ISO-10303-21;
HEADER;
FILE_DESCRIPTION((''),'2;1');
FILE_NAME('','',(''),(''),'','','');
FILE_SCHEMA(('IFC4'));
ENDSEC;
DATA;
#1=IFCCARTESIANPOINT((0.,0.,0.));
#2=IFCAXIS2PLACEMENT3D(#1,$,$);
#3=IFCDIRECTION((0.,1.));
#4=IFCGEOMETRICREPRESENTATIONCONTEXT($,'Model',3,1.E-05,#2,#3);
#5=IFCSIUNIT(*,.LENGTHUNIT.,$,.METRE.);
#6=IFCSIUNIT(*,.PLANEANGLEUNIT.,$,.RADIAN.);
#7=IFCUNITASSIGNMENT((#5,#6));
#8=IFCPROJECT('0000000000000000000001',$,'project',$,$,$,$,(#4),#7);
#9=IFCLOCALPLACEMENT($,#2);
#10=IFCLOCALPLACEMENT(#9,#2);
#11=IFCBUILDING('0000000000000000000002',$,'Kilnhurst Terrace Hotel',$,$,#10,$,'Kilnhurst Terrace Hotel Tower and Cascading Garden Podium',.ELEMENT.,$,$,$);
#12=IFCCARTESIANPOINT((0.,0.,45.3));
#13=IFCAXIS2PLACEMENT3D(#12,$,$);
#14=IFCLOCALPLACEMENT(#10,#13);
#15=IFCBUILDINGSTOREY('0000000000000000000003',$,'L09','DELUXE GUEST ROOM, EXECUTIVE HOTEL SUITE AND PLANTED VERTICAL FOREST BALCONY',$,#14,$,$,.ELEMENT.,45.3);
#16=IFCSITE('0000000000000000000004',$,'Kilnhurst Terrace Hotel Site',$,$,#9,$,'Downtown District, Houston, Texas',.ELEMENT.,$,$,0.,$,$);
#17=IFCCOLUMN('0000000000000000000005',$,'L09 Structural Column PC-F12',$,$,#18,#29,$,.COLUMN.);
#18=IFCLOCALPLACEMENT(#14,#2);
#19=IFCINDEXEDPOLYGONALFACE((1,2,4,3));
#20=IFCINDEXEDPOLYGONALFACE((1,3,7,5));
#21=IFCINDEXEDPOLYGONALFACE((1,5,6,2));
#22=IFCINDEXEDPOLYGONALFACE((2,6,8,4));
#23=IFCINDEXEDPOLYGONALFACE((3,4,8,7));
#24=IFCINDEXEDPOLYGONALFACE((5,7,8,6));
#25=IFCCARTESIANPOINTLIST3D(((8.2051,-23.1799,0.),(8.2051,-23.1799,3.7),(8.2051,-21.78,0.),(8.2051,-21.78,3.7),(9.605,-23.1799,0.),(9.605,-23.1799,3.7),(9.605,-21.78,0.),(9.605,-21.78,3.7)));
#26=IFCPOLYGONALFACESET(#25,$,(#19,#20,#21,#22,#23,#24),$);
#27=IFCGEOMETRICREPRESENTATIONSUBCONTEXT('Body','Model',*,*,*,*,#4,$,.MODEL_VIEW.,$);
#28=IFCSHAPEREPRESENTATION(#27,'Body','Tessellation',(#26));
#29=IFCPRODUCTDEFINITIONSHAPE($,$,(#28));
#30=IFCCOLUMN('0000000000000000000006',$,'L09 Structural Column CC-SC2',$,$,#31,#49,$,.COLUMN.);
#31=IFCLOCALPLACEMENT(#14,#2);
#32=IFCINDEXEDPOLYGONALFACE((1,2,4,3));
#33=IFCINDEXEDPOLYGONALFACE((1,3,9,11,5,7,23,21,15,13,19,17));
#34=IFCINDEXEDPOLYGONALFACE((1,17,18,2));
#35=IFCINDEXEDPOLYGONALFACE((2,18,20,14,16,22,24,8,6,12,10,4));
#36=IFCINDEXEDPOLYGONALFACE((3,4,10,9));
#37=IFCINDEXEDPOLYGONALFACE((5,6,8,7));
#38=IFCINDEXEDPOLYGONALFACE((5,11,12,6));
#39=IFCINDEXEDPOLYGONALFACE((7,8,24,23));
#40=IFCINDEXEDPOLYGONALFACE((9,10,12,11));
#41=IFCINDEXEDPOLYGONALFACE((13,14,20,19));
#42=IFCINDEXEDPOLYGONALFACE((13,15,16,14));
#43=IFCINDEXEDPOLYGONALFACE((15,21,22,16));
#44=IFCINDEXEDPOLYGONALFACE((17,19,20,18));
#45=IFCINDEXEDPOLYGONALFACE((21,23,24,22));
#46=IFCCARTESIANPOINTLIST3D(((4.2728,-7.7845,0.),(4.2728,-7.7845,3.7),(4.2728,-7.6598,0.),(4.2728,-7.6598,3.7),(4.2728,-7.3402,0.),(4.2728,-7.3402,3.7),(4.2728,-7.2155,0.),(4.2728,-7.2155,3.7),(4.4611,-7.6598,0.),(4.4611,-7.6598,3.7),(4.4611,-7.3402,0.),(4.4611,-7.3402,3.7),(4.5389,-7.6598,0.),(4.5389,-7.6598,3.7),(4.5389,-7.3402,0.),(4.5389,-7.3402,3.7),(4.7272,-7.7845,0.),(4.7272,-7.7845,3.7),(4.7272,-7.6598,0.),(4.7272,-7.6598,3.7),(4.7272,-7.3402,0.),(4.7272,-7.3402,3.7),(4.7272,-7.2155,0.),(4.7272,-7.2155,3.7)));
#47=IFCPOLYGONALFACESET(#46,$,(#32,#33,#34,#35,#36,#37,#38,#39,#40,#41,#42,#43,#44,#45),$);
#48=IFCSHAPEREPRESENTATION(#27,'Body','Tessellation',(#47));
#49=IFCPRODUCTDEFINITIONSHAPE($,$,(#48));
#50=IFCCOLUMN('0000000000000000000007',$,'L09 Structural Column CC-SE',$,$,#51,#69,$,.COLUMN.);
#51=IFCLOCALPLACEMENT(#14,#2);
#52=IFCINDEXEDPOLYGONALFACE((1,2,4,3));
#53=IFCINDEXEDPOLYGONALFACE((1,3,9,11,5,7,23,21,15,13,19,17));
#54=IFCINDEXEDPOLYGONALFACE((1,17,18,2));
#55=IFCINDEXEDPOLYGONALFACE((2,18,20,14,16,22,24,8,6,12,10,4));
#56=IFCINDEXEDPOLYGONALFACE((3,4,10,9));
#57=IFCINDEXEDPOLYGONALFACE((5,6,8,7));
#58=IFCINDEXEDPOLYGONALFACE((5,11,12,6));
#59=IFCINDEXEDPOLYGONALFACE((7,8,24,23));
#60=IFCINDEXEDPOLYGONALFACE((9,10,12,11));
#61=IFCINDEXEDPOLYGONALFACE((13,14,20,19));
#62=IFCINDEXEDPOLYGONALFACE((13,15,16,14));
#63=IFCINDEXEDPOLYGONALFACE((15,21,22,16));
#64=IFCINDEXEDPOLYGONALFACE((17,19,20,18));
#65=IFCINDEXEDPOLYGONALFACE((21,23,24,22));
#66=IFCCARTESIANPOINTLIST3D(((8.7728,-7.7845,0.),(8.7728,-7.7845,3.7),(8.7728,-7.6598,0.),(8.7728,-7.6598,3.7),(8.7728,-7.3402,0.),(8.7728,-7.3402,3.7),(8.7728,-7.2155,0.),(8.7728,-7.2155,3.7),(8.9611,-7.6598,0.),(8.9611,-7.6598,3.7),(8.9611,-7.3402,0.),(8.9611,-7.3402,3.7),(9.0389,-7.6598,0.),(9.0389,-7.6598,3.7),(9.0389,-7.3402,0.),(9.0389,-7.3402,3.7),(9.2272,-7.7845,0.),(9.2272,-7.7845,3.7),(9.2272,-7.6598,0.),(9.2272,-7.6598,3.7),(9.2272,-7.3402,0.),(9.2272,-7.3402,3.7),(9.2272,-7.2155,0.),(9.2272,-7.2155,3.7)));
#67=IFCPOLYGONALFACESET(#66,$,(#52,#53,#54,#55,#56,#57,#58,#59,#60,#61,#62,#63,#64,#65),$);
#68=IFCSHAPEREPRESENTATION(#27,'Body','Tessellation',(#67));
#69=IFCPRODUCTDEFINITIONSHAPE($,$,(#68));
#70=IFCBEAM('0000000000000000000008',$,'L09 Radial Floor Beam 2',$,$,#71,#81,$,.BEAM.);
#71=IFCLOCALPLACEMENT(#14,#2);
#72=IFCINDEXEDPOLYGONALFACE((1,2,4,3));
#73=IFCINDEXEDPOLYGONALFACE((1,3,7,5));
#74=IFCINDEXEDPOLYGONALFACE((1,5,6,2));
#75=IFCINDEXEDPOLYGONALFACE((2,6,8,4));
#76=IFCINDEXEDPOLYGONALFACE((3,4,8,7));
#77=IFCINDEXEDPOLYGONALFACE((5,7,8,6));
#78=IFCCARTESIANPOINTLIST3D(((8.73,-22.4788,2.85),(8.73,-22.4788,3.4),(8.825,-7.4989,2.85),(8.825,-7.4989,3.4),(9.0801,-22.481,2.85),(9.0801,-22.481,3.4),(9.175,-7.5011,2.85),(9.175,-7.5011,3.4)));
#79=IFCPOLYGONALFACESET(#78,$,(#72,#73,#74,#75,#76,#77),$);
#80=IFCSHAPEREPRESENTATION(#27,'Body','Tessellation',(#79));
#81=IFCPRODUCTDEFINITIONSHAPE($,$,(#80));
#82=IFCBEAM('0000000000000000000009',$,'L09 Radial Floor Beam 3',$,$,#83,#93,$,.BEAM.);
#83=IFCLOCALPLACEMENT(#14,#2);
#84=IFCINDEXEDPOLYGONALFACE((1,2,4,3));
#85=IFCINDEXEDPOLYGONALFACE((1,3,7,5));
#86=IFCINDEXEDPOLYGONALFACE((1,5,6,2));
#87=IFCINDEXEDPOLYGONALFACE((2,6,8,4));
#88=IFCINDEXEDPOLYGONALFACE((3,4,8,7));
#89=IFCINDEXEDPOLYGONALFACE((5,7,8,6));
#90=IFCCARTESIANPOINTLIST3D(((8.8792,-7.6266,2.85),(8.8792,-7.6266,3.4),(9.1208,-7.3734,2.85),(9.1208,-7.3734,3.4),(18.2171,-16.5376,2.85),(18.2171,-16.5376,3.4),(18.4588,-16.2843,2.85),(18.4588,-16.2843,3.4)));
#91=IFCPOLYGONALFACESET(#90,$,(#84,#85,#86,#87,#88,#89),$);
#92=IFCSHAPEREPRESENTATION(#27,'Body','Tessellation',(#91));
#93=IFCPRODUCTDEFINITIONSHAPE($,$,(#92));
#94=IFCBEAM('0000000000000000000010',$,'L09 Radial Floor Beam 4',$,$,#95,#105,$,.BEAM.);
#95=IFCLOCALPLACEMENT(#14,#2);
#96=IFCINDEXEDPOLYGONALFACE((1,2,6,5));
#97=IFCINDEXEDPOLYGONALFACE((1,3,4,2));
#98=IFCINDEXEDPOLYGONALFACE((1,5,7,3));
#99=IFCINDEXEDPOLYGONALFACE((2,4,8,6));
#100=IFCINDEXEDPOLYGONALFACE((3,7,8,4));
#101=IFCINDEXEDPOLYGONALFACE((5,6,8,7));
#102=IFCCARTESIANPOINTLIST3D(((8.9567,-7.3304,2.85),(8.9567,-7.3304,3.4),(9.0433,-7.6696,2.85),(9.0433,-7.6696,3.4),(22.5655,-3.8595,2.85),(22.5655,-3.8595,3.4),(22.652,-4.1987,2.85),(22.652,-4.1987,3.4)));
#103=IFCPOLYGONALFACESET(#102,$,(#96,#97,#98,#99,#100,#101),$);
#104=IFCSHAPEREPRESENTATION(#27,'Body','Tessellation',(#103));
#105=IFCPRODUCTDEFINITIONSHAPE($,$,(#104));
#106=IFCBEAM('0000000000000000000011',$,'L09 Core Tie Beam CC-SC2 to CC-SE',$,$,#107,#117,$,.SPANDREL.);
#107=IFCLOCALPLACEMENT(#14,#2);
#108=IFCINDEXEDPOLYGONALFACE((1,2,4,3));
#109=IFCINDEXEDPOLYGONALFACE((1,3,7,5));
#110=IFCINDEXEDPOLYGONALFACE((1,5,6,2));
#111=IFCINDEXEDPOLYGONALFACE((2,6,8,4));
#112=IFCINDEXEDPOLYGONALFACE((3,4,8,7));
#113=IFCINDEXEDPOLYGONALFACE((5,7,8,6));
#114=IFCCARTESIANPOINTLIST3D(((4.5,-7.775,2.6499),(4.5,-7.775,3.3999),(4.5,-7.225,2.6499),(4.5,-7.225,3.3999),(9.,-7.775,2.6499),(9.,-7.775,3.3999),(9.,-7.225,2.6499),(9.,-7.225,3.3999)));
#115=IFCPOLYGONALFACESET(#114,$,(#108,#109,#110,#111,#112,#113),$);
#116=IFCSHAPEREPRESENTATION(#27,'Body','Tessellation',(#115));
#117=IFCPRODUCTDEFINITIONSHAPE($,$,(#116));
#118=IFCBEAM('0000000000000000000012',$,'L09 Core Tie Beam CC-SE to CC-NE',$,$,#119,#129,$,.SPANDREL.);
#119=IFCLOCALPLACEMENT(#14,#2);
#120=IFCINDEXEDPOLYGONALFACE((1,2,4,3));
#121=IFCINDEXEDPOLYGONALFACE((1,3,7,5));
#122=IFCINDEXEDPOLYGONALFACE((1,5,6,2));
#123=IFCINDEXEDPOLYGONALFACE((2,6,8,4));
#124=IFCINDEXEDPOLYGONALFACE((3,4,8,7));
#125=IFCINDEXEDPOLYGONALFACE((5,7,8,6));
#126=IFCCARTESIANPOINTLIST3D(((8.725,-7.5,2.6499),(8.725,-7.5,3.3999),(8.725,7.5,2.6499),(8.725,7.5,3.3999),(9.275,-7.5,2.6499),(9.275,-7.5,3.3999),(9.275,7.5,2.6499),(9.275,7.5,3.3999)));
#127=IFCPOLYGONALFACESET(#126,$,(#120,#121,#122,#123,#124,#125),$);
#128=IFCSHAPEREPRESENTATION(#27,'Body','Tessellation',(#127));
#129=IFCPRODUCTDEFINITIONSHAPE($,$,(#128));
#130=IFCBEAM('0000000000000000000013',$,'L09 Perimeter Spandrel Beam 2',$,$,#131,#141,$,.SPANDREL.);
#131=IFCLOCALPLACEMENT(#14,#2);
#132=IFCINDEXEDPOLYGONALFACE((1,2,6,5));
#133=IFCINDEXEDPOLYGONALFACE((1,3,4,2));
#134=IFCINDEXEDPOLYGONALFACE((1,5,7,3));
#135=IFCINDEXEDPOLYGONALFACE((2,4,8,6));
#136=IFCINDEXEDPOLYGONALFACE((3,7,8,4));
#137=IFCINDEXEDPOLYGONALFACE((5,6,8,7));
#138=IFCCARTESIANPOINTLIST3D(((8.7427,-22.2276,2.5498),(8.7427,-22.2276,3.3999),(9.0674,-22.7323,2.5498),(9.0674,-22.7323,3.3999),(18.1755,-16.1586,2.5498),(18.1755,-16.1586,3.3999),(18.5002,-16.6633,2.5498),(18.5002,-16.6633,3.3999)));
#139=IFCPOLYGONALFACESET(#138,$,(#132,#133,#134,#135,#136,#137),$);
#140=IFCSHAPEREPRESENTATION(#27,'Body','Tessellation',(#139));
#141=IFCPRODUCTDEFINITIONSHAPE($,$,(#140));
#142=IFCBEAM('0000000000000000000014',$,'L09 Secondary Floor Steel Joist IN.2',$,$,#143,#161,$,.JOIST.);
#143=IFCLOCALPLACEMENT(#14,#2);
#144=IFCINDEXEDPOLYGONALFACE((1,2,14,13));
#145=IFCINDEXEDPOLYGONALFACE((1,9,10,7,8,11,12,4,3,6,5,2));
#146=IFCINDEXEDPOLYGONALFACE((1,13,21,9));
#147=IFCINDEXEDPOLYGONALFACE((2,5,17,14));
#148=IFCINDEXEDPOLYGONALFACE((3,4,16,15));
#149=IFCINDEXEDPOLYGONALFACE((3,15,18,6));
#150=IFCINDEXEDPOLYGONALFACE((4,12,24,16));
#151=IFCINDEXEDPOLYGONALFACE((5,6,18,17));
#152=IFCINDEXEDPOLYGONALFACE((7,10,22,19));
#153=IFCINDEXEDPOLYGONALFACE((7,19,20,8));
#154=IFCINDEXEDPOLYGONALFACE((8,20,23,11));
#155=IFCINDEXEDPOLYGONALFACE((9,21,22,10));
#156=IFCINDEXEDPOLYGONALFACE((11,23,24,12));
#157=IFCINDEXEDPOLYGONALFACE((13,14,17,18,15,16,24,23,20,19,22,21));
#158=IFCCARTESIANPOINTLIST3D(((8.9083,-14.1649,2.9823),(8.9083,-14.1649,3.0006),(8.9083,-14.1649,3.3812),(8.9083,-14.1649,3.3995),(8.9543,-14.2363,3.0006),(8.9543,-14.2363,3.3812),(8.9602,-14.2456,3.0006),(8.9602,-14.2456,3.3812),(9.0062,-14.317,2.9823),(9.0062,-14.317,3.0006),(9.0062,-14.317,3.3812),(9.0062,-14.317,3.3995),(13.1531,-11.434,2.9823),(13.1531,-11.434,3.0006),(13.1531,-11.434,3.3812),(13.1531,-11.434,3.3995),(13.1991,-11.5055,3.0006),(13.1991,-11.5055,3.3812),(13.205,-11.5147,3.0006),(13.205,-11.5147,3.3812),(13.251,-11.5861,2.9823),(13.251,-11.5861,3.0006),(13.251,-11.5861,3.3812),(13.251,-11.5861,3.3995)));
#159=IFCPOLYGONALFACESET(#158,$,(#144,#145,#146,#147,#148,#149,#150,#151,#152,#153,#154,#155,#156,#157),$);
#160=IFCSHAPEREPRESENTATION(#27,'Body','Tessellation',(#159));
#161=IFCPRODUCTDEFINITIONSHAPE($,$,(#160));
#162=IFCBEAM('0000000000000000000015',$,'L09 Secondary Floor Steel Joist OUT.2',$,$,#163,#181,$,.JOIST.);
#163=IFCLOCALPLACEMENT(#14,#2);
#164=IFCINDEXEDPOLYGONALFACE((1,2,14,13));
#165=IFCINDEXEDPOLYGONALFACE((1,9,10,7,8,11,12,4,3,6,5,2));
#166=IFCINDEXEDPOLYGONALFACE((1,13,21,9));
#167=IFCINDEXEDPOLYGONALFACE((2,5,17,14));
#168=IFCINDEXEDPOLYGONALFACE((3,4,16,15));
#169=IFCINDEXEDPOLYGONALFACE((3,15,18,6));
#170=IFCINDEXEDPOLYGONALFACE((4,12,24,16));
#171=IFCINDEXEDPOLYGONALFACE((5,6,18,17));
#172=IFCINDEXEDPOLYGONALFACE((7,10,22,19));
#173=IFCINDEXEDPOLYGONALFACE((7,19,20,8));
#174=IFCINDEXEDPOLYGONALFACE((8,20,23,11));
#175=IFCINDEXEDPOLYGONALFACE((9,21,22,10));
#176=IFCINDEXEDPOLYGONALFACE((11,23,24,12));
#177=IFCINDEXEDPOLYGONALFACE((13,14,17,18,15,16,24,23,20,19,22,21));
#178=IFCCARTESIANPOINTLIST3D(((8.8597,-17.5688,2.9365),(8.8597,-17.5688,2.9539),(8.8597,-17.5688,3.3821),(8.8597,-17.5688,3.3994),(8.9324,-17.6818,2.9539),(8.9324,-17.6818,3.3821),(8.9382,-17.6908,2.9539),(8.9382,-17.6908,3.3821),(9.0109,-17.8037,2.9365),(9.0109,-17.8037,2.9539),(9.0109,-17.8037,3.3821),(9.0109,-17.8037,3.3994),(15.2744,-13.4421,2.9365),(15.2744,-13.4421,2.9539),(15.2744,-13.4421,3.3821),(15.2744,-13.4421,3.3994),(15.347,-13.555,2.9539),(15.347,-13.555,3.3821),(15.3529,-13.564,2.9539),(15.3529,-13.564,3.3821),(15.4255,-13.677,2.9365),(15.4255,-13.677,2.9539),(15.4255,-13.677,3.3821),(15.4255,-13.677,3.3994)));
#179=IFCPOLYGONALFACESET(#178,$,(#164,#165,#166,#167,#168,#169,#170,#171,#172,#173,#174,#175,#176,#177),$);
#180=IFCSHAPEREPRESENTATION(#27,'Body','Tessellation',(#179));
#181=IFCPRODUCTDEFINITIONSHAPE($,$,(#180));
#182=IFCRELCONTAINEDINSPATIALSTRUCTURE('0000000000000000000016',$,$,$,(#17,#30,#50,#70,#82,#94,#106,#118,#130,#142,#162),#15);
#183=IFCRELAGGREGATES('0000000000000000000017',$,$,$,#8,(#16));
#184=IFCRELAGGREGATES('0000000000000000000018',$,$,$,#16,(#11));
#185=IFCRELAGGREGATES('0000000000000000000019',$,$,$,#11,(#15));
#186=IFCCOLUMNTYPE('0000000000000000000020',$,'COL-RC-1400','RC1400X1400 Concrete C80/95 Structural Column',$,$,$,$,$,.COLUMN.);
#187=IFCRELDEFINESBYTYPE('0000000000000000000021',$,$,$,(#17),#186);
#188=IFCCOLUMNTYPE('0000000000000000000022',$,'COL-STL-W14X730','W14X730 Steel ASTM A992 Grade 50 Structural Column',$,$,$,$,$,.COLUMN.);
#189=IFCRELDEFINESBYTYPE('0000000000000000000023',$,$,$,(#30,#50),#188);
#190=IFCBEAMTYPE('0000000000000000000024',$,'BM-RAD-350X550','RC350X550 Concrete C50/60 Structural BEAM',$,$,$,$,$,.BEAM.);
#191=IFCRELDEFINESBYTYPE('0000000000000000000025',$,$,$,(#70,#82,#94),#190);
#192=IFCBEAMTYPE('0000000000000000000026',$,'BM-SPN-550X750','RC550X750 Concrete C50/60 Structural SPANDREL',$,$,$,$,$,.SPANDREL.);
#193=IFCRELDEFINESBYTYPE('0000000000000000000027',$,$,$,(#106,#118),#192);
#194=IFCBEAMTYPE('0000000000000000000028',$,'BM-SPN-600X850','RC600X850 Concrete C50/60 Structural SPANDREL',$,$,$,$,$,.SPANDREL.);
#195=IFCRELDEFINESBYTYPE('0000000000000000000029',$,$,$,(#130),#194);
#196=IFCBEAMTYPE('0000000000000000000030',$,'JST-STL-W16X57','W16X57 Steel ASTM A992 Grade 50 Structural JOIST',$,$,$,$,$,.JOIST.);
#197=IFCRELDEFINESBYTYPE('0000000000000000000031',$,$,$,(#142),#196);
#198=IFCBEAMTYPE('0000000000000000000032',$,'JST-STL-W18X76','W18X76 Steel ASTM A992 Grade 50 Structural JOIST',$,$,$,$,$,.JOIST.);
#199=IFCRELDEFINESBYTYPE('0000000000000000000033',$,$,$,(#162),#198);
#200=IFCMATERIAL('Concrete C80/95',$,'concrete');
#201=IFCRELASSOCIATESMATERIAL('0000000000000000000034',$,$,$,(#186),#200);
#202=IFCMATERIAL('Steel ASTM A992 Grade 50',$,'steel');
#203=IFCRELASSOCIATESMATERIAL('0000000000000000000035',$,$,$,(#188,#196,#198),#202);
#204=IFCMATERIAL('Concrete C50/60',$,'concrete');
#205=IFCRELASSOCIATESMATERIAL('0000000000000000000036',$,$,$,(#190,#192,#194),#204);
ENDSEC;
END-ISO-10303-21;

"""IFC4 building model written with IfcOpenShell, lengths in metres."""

from ifc_helpers import new_model, si_unit, direction, frame, origin, origin_2d, place, context, subcontext, project, spatial, rectangle, i_section, extrude, material, material_profile, profile_set, type_object, element, save


model = new_model("IFC4")

# Units and contexts
model_context = context("Model", 3, precision=1e-05, world=origin(), true_north=direction((0.0, 1.0)))
body_context = subcontext(model_context, "Body", "Model", "MODEL_VIEW")
ifc_project = project(units=[si_unit("LENGTHUNIT", "METRE"), si_unit("PLANEANGLEUNIT", "RADIAN")], contexts=[model_context])

# Site, building, storey
site_placement = place(None, origin())
site = spatial("IfcSite", under=ifc_project, at=site_placement, Name="Kilnhurst Terrace Hotel Site", LongName="Downtown District, Houston, Texas", CompositionType="ELEMENT", RefElevation=0.0)
building_placement = place(site_placement, origin())
building = spatial("IfcBuilding", under=site, at=building_placement, Name="Kilnhurst Terrace Hotel", LongName="Kilnhurst Terrace Hotel Tower and Cascading Garden Podium", CompositionType="ELEMENT")
storey_placement = place(building_placement, frame((0.0, 0.0, 45.3)))
storey = spatial("IfcBuildingStorey", under=building, at=storey_placement, Name="L09", Description="DELUXE GUEST ROOM, EXECUTIVE HOTEL SUITE AND PLANTED VERTICAL FOREST BALCONY", CompositionType="ELEMENT", Elevation=45.3)

# Columns
ifc_material_1 = material(Name="Concrete C80/95", Category="concrete")
ifc_material_profile_1 = material_profile(ifc_material_1, rectangle(XDim=1.3999, YDim=1.3999, at=origin_2d()), Name="RC1400X1400")
ifc_profile_set_1 = profile_set([ifc_material_profile_1], Name="Concrete C80/95")
column_type_1 = type_object("IfcColumnType", Name="COL-RC-1400", Description="RC1400X1400 Concrete C80/95 Structural Column", PredefinedType="COLUMN", material=ifc_profile_set_1)
column_placement = place(storey_placement, frame((8.905, -22.48, 0.0), z_axis=(0.0, 0.0, 1.0), x_axis=(1.0, 0.0, 0.0)))
element("IfcColumn", 1, at=column_placement, inside=storey, type_object=column_type_1, Name="L09 Structural Column PC-F12", PredefinedType="COLUMN", context=body_context, shape_type="SweptSolid", body=[
    extrude(rectangle(XDim=1.3999, YDim=1.3999, at=origin_2d()), origin(), (0.0, 0.0, 1.0), 3.7),
])
ifc_material_2 = material(Name="Steel ASTM A992 Grade 50", Category="steel")
ifc_material_profile_2 = material_profile(ifc_material_2, i_section(OverallWidth=0.4543, OverallDepth=0.5691, WebThickness=0.0779, FlangeThickness=0.1248, at=origin_2d()), Name="W14X730")
ifc_profile_set_2 = profile_set([ifc_material_profile_2], Name="Steel ASTM A992 Grade 50")
column_type_2 = type_object("IfcColumnType", Name="COL-STL-W14X730", Description="W14X730 Steel ASTM A992 Grade 50 Structural Column", PredefinedType="COLUMN", material=ifc_profile_set_2)
for number, where, z_axis, x_axis, name in (
    (2, (4.5, -7.5, 0.0), (0.0, 0.0, 1.0), (1.0, 0.0, 0.0), "L09 Structural Column CC-SC2"),
    (3, (9.0, -7.5, 0.0), (0.0, 0.0, 1.0), (1.0, 0.0, 0.0), "L09 Structural Column CC-SE"),
):
    element("IfcColumn", number, at=place(storey_placement, frame(where, z_axis=z_axis, x_axis=x_axis)), inside=storey, type_object=column_type_2, Name=name, PredefinedType="COLUMN", context=body_context, shape_type="SweptSolid", body=[
        extrude(i_section(OverallWidth=0.4543, OverallDepth=0.5691, WebThickness=0.0779, FlangeThickness=0.1248, at=origin_2d()), origin(), (0.0, 0.0, 1.0), 3.7),
    ])

# Beams
ifc_material_3 = material(Name="Concrete C50/60", Category="concrete")
ifc_material_profile_3 = material_profile(ifc_material_3, rectangle(XDim=0.3501, YDim=0.55, at=origin_2d()), Name="RC350X550")
ifc_profile_set_3 = profile_set([ifc_material_profile_3], Name="Concrete C50/60")
beam_type_1 = type_object("IfcBeamType", Name="BM-RAD-350X550", Description="RC350X550 Concrete C50/60 Structural BEAM", PredefinedType="BEAM", material=ifc_profile_set_3)
beam_1_placement = place(storey_placement, frame((9.0, -7.5, 3.125), z_axis=(-0.00634, -0.99998, 0.0), x_axis=(0.99998, -0.00634, 0.0)))
element("IfcBeam", 4, at=beam_1_placement, inside=storey, type_object=beam_type_1, Name="L09 Radial Floor Beam 2", PredefinedType="BEAM", context=body_context, shape_type="SweptSolid", body=[
    extrude(rectangle(XDim=0.3501, YDim=0.55, at=origin_2d()), origin(), (0.0, 0.0, 1.0), 14.9802),
])
beam_2_placement = place(storey_placement, frame((9.0, -7.5, 3.125), z_axis=(0.723454, -0.690372, 0.0), x_axis=(0.690372, 0.723454, 0.0)))
element("IfcBeam", 5, at=beam_2_placement, inside=storey, type_object=beam_type_1, Name="L09 Radial Floor Beam 3", PredefinedType="BEAM", context=body_context, shape_type="SweptSolid", body=[
    extrude(rectangle(XDim=0.3501, YDim=0.55, at=origin_2d()), origin(), (0.0, 0.0, 1.0), 12.9075),
])
beam_3_placement = place(storey_placement, frame((9.0, -7.5, 3.125), z_axis=(0.96898, 0.247138, 0.0), x_axis=(-0.247138, 0.96898, 0.0)))
element("IfcBeam", 6, at=beam_3_placement, inside=storey, type_object=beam_type_1, Name="L09 Radial Floor Beam 4", PredefinedType="BEAM", context=body_context, shape_type="SweptSolid", body=[
    extrude(rectangle(XDim=0.3501, YDim=0.55, at=origin_2d()), origin(), (0.0, 0.0, 1.0), 14.0444),
])
ifc_material_profile_4 = material_profile(ifc_material_3, rectangle(XDim=0.55, YDim=0.75, at=origin_2d()), Name="RC550X750")
ifc_profile_set_4 = profile_set([ifc_material_profile_4], Name="Concrete C50/60")
beam_type_2 = type_object("IfcBeamType", Name="BM-SPN-550X750", Description="RC550X750 Concrete C50/60 Structural SPANDREL", PredefinedType="SPANDREL", material=ifc_profile_set_4)
beam_4_placement = place(storey_placement, frame((4.5, -7.5, 3.0249), z_axis=(1.0, 0.0, 0.0), x_axis=(0.0, 1.0, 0.0)))
element("IfcBeam", 7, at=beam_4_placement, inside=storey, type_object=beam_type_2, Name="L09 Core Tie Beam CC-SC2 to CC-SE", PredefinedType="SPANDREL", context=body_context, shape_type="SweptSolid", body=[
    extrude(rectangle(XDim=0.55, YDim=0.75, at=origin_2d()), origin(), (0.0, 0.0, 1.0), 4.5),
])
beam_5_placement = place(storey_placement, frame((9.0, -7.5, 3.0249), z_axis=(0.0, 1.0, 0.0), x_axis=(-1.0, 0.0, 0.0)))
element("IfcBeam", 8, at=beam_5_placement, inside=storey, type_object=beam_type_2, Name="L09 Core Tie Beam CC-SE to CC-NE", PredefinedType="SPANDREL", context=body_context, shape_type="SweptSolid", body=[
    extrude(rectangle(XDim=0.55, YDim=0.75, at=origin_2d()), origin(), (0.0, 0.0, 1.0), 15.0),
])
ifc_material_profile_5 = material_profile(ifc_material_3, rectangle(XDim=0.6001, YDim=0.8501, at=origin_2d()), Name="RC600X850")
ifc_profile_set_5 = profile_set([ifc_material_profile_5], Name="Concrete C50/60")
beam_type_3 = type_object("IfcBeamType", Name="BM-SPN-600X850", Description="RC600X850 Concrete C50/60 Structural SPANDREL", PredefinedType="SPANDREL", material=ifc_profile_set_5)
beam_6_placement = place(storey_placement, frame((8.905, -22.48, 2.9749), z_axis=(0.840971, 0.54108, 0.0), x_axis=(-0.54108, 0.840971, 0.0)))
element("IfcBeam", 9, at=beam_6_placement, inside=storey, type_object=beam_type_3, Name="L09 Perimeter Spandrel Beam 2", PredefinedType="SPANDREL", context=body_context, shape_type="SweptSolid", body=[
    extrude(rectangle(XDim=0.6001, YDim=0.8501, at=origin_2d()), origin(), (0.0, 0.0, 1.0), 11.2166),
])
ifc_material_profile_6 = material_profile(ifc_material_2, i_section(OverallWidth=0.1809, OverallDepth=0.4172, WebThickness=0.011, FlangeThickness=0.0183, at=origin_2d()), Name="W16X57")
ifc_profile_set_6 = profile_set([ifc_material_profile_6], Name="Steel ASTM A992 Grade 50")
beam_type_4 = type_object("IfcBeamType", Name="JST-STL-W16X57", Description="W16X57 Steel ASTM A992 Grade 50 Structural JOIST", PredefinedType="JOIST", material=ifc_profile_set_6)
beam_7_placement = place(storey_placement, frame((8.9573, -14.241, 3.1909), z_axis=(0.840988, 0.541053, 0.0), x_axis=(-0.541053, 0.840988, 0.0)))
element("IfcBeam", 10, at=beam_7_placement, inside=storey, type_object=beam_type_4, Name="L09 Secondary Floor Steel Joist IN.2", PredefinedType="JOIST", context=body_context, shape_type="SweptSolid", body=[
    extrude(i_section(OverallWidth=0.1809, OverallDepth=0.4172, WebThickness=0.011, FlangeThickness=0.0183, at=origin_2d()), origin(), (0.0, 0.0, 1.0), 5.0474),
])
ifc_material_profile_7 = material_profile(ifc_material_2, i_section(OverallWidth=0.2793, OverallDepth=0.4629, WebThickness=0.0107, FlangeThickness=0.0173, at=origin_2d()), Name="W18X76")
ifc_profile_set_7 = profile_set([ifc_material_profile_7], Name="Steel ASTM A992 Grade 50")
beam_type_5 = type_object("IfcBeamType", Name="JST-STL-W18X76", Description="W18X76 Steel ASTM A992 Grade 50 Structural JOIST", PredefinedType="JOIST", material=ifc_profile_set_7)
beam_8_placement = place(storey_placement, frame((8.9353, -17.6863, 3.168), z_axis=(0.840995, 0.541042, 0.0), x_axis=(-0.541042, 0.840995, 0.0)))
element("IfcBeam", 11, at=beam_8_placement, inside=storey, type_object=beam_type_5, Name="L09 Secondary Floor Steel Joist OUT.2", PredefinedType="JOIST", context=body_context, shape_type="SweptSolid", body=[
    extrude(i_section(OverallWidth=0.2793, OverallDepth=0.4629, WebThickness=0.0107, FlangeThickness=0.0173, at=origin_2d()), origin(), (0.0, 0.0, 1.0), 7.6274),
])

save(model, "model.ifc")
